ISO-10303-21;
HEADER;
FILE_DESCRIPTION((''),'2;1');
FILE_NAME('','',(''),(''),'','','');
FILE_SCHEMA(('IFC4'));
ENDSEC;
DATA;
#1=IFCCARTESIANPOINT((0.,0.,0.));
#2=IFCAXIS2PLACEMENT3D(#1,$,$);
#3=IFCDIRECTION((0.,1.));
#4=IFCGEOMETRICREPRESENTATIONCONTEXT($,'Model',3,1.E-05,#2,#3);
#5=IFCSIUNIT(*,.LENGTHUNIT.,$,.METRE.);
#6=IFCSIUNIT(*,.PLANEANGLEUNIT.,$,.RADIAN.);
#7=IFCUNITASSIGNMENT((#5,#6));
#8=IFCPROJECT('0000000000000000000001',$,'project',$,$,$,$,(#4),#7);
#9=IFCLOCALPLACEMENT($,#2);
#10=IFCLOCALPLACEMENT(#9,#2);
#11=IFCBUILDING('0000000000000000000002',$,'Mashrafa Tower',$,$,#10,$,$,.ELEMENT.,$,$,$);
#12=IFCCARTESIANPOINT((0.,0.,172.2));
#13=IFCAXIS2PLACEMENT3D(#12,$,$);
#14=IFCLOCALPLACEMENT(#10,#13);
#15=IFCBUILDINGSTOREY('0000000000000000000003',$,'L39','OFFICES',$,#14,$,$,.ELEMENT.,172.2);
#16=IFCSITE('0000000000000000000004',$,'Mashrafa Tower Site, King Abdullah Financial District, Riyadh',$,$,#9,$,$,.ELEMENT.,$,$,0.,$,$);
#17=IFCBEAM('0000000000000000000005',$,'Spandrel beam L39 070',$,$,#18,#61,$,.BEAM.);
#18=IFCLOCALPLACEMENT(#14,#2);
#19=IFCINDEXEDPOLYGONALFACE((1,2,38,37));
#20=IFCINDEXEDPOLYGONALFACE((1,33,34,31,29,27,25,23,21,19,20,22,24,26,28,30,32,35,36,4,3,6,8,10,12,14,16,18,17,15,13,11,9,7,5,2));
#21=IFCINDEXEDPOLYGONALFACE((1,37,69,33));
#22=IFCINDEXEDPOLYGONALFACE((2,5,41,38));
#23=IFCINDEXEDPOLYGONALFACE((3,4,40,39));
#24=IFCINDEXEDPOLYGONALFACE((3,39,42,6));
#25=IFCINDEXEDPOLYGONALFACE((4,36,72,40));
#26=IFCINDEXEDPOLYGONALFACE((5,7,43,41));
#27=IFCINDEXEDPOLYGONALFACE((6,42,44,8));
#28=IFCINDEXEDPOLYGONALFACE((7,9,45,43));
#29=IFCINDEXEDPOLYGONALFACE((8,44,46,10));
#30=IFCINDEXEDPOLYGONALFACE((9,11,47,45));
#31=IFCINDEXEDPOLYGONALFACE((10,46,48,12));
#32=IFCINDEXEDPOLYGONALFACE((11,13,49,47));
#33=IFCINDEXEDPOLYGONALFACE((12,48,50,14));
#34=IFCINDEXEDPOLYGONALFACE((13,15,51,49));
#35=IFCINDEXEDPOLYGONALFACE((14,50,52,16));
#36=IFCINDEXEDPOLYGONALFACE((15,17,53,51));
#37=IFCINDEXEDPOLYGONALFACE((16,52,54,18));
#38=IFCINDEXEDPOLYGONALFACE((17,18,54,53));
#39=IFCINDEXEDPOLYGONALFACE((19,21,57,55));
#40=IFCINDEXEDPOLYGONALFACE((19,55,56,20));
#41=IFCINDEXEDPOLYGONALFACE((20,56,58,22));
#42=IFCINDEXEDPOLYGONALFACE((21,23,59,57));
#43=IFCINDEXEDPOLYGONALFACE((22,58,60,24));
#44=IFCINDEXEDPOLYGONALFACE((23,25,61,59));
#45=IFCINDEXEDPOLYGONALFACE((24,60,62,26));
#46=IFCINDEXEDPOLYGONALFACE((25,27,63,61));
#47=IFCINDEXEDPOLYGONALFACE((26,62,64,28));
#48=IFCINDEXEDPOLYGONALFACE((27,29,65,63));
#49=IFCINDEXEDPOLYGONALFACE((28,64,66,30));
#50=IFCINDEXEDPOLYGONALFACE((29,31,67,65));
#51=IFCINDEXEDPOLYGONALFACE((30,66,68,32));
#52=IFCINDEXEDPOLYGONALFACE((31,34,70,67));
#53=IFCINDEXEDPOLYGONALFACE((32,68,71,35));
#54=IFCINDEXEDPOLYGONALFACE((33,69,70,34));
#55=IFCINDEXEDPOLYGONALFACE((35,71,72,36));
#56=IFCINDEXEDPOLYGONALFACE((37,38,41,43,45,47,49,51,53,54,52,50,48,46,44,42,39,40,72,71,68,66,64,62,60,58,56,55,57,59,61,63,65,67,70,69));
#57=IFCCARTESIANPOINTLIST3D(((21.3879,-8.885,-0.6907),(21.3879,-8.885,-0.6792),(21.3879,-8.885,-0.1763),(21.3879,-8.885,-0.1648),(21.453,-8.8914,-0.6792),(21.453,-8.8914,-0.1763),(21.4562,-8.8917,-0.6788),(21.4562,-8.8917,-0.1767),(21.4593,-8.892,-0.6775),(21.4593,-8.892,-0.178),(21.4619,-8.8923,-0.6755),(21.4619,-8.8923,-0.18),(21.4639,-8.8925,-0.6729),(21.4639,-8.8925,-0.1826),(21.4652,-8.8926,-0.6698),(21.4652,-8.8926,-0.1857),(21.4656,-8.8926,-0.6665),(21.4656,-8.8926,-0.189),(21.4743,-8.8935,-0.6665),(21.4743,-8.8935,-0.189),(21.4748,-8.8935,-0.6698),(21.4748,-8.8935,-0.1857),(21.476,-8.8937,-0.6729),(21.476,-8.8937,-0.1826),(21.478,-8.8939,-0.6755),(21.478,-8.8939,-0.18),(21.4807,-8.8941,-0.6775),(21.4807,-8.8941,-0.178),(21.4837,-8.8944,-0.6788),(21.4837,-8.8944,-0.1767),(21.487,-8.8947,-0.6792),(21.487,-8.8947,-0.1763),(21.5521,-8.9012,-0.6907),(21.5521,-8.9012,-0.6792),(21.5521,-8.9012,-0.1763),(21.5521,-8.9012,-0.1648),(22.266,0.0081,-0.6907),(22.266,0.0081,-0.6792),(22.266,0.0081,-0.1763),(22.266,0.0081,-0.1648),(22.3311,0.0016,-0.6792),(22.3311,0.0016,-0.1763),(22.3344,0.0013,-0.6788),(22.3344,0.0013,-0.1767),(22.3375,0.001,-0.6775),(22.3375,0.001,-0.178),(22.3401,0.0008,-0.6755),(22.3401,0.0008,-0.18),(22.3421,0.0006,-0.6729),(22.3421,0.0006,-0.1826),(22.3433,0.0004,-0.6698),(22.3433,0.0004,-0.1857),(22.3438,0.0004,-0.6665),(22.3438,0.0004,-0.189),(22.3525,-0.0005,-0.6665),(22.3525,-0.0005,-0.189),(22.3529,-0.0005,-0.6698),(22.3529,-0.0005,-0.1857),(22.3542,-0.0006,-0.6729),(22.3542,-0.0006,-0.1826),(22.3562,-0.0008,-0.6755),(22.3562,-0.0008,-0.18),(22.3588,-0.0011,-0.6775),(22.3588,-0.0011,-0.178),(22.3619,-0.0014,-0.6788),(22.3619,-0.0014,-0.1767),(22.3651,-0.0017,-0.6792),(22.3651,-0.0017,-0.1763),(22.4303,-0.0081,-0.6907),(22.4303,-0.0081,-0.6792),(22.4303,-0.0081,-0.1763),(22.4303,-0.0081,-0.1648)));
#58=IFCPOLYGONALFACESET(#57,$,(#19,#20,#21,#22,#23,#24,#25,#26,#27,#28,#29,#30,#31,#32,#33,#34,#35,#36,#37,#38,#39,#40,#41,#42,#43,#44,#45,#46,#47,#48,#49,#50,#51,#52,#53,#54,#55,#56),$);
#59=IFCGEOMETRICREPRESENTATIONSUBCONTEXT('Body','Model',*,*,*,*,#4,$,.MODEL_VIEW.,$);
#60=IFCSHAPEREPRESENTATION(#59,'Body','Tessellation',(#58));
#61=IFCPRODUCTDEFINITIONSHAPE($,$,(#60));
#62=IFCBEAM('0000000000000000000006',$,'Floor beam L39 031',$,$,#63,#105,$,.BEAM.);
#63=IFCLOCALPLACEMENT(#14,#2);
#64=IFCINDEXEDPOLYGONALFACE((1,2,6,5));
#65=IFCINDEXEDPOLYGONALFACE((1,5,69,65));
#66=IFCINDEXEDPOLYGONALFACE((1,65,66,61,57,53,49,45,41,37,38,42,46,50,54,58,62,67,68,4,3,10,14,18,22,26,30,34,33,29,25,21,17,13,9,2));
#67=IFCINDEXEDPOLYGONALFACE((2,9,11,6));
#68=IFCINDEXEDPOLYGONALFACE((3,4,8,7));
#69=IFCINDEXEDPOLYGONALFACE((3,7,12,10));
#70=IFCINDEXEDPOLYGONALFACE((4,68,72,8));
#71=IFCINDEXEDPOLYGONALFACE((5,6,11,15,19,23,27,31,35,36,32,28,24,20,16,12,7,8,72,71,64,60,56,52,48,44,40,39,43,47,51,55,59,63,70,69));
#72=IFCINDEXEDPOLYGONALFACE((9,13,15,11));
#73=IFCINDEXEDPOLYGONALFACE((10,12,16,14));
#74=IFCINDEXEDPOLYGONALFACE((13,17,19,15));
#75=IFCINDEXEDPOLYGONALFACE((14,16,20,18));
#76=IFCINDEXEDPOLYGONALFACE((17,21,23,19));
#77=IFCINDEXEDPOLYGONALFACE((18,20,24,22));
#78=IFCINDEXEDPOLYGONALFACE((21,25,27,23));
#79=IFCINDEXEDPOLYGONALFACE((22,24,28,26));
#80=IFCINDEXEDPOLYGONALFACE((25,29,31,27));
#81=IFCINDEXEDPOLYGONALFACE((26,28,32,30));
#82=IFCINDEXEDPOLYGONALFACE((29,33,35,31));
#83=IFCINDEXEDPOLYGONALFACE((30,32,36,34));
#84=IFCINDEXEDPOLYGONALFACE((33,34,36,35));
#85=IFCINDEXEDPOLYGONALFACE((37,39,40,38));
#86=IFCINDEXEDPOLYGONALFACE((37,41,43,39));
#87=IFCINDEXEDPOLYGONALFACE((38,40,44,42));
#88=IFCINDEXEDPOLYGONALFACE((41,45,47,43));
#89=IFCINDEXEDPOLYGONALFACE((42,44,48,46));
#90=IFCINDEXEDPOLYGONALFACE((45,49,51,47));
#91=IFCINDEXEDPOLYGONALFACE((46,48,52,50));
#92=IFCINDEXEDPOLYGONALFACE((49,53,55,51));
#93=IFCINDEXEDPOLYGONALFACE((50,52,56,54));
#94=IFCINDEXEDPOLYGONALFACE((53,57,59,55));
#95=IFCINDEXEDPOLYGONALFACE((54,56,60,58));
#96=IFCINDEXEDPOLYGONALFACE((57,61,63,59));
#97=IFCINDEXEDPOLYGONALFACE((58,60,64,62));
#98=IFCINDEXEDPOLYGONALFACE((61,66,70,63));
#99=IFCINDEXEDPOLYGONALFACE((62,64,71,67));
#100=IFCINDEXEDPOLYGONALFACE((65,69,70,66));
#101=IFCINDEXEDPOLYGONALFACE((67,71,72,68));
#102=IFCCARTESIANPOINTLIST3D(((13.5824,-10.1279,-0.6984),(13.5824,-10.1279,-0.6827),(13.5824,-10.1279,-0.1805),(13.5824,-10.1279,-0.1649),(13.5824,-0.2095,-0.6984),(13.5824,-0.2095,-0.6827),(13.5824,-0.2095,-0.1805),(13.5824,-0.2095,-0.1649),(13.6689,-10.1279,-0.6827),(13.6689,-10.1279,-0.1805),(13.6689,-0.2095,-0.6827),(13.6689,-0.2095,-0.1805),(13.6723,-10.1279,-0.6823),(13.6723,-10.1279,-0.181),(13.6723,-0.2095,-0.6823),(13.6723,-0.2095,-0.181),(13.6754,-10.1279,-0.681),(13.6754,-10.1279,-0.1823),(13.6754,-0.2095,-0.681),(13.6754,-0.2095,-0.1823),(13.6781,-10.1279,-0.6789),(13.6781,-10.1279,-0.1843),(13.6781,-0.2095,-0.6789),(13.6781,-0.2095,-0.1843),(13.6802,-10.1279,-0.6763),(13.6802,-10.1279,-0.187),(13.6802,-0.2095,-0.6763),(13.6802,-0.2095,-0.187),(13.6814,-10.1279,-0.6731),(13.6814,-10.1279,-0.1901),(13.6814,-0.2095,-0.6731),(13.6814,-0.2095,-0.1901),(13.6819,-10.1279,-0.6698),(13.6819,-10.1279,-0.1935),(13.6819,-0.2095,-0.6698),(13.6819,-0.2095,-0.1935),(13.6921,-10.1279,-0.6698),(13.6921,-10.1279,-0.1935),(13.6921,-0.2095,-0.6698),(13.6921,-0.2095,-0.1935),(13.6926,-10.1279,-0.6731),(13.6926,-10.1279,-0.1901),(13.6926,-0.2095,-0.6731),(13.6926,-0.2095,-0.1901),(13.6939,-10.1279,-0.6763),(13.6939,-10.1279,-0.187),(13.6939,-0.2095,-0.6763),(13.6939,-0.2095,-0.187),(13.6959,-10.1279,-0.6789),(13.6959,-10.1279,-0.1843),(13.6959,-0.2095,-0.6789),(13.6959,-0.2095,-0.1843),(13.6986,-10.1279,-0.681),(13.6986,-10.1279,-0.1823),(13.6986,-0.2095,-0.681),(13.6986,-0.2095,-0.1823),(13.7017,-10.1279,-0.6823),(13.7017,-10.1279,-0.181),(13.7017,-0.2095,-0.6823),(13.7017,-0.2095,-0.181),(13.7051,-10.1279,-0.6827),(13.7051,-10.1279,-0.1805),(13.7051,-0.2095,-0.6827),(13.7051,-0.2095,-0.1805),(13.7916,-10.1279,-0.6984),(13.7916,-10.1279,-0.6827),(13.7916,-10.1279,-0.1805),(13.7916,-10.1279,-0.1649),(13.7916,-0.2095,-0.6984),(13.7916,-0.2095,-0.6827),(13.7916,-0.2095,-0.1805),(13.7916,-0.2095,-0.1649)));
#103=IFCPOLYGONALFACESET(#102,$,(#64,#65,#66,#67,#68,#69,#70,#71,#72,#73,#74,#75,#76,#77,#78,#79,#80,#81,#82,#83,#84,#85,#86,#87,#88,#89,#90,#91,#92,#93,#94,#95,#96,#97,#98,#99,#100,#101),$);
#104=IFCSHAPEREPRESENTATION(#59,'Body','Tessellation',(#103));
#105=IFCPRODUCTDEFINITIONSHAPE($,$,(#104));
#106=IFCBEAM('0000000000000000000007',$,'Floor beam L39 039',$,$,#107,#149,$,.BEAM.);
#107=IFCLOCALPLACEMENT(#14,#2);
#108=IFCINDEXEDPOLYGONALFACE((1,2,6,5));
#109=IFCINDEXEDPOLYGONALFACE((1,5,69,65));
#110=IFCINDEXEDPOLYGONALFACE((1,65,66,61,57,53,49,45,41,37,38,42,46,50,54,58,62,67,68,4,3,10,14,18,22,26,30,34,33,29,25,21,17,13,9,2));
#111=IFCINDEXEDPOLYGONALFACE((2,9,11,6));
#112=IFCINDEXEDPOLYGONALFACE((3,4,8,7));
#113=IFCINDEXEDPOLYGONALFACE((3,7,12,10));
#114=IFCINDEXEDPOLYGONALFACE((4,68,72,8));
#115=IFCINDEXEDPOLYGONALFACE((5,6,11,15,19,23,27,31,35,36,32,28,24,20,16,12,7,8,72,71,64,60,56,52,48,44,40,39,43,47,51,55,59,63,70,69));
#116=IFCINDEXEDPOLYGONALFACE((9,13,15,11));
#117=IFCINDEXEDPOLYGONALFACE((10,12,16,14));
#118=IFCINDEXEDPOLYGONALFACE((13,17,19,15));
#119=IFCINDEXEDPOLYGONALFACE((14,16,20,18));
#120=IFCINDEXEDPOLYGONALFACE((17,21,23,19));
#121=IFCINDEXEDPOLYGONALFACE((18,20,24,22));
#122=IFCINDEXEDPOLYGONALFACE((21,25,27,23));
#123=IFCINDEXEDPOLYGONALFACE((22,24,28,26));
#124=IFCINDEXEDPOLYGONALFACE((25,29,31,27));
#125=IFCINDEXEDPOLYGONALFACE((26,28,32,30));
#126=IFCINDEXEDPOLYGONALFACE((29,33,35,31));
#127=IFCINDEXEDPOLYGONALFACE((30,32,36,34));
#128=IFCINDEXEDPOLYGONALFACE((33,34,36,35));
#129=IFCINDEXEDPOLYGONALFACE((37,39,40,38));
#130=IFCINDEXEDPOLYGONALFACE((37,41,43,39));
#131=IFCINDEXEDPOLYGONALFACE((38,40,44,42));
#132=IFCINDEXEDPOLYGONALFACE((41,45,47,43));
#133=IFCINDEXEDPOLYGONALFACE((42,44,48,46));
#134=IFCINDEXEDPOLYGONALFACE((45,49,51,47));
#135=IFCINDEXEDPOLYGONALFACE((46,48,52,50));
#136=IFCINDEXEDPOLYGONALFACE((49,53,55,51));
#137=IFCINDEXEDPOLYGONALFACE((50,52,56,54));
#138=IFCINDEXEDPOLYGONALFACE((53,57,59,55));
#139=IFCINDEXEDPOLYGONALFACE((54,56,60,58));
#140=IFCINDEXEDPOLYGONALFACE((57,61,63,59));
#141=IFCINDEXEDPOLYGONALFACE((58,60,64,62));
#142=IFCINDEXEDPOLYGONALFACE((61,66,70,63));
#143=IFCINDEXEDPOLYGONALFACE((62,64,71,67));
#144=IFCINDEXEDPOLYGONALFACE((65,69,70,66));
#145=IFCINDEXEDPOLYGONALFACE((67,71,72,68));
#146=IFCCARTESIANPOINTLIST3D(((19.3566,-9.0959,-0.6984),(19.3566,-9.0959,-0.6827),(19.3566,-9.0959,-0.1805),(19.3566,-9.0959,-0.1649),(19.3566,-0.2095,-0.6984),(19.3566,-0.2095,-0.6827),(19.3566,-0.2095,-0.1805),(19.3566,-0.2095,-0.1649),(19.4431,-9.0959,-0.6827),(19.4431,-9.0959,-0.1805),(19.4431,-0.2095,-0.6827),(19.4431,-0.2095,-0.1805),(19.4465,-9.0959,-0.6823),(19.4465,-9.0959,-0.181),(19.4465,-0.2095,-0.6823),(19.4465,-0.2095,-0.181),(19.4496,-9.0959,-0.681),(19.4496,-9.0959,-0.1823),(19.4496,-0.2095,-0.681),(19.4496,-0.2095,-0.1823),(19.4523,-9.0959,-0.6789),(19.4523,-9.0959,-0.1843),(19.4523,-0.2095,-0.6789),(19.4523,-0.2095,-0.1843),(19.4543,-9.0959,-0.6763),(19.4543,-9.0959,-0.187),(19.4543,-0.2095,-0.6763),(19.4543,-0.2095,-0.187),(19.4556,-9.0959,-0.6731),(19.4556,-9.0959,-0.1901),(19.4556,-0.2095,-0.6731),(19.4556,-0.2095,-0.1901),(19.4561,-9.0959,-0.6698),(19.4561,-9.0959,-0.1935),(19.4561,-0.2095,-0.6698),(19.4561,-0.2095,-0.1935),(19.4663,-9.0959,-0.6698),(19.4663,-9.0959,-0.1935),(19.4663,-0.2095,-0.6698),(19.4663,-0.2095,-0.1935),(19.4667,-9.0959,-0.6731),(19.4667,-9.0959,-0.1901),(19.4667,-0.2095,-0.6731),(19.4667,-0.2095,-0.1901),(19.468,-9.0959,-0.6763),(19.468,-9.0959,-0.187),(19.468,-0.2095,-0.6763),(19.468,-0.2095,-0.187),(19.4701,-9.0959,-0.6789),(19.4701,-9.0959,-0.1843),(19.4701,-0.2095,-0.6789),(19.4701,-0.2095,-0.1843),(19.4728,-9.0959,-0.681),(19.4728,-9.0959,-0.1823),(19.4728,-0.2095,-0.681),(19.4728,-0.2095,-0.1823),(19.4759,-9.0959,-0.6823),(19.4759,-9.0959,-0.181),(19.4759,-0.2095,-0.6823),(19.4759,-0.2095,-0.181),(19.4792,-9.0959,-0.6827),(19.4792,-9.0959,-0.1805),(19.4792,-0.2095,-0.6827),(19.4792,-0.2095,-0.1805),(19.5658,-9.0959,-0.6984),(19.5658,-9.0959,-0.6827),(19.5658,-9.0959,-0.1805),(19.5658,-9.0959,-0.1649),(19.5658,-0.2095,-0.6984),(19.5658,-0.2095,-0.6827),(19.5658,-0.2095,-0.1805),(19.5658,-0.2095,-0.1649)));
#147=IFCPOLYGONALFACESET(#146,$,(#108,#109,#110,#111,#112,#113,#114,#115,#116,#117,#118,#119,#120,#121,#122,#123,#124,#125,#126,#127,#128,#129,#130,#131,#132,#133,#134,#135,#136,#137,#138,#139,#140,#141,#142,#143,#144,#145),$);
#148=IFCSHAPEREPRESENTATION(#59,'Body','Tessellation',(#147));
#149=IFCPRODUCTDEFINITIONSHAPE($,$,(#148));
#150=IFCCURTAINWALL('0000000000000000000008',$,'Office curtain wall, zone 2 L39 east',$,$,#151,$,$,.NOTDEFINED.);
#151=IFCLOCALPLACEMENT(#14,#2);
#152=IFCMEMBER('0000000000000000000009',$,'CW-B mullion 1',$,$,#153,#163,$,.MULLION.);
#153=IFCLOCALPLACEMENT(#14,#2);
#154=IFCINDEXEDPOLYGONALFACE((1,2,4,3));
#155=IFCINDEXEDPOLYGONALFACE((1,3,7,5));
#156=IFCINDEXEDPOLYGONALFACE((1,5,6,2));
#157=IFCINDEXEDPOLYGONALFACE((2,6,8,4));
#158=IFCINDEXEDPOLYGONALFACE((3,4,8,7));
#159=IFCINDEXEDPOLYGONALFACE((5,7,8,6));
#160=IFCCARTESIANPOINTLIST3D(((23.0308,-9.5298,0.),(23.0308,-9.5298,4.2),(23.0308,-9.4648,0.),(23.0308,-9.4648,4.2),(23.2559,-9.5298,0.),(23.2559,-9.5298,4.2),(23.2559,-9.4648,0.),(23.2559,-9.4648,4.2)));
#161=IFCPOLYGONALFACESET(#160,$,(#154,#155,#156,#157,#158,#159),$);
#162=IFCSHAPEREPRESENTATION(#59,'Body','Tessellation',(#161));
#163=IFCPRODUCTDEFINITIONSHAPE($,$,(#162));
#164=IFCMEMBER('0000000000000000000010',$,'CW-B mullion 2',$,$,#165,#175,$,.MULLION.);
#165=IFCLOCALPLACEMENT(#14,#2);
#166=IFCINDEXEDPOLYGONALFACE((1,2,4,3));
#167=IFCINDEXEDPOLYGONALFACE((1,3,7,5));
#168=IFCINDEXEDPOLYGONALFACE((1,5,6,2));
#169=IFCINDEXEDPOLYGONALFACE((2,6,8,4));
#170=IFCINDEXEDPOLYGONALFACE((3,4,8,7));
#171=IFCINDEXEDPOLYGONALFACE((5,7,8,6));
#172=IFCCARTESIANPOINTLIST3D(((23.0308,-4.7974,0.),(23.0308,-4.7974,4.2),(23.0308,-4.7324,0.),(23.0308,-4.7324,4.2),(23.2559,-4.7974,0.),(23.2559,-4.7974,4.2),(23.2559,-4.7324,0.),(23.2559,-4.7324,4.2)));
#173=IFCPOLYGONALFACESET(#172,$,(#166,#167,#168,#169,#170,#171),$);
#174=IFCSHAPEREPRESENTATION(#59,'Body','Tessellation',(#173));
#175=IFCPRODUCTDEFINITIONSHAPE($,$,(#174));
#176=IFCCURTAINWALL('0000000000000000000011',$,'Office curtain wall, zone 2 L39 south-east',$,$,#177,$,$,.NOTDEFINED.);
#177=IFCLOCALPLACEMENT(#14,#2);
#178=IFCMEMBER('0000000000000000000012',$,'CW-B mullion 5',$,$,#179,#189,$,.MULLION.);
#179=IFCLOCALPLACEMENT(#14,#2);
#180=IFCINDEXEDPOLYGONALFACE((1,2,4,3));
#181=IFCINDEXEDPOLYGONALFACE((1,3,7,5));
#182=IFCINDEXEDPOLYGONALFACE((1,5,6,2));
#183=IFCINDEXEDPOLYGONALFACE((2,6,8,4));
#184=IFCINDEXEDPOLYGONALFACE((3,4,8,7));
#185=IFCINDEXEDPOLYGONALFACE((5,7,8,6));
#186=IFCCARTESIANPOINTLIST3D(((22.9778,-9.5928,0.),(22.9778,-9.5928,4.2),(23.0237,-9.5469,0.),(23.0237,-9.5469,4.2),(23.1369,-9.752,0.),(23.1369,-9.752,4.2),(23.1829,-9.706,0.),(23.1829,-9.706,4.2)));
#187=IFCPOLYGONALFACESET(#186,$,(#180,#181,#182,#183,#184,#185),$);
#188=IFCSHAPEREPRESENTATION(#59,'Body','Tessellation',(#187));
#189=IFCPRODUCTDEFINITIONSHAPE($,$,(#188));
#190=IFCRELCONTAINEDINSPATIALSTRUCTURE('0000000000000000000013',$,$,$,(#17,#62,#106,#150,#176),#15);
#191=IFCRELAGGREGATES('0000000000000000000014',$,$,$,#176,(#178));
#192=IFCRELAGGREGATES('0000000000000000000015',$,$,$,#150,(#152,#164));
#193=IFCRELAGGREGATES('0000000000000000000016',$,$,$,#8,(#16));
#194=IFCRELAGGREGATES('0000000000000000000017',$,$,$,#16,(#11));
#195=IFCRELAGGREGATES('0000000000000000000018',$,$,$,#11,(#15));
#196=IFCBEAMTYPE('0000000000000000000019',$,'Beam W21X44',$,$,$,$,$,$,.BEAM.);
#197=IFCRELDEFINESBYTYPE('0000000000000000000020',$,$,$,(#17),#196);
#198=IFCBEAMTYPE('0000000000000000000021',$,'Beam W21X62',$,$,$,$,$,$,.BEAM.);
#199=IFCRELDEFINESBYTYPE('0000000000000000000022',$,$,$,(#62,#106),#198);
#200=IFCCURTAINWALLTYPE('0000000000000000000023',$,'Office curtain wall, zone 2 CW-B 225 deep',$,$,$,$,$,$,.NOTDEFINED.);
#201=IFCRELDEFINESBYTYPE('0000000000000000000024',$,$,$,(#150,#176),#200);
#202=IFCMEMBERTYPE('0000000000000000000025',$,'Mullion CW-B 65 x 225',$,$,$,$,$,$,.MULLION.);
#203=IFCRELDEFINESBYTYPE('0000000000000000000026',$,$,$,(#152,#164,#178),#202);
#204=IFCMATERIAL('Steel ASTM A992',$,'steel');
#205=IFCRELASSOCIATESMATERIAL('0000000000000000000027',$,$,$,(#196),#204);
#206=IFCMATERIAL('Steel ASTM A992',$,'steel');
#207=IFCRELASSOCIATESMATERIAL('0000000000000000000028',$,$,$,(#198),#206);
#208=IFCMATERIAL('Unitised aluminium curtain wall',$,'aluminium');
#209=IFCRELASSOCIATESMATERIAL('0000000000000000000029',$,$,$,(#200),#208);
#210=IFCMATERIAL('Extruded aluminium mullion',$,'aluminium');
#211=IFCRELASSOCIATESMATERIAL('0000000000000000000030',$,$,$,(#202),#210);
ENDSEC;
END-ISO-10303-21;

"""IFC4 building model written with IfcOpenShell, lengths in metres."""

from ifc_helpers import new_model, si_unit, direction, frame, origin, origin_2d, place, context, subcontext, project, spatial, rectangle, i_section, extrude, source, transform, mapped, material, material_profile, profile_set, type_object, type_shapes, element, aggregate, save


model = new_model("IFC4")

# Units and contexts
model_context = context("Model", 3, precision=1e-05, world=origin(), true_north=direction((0.0, 1.0)))
body_context = subcontext(model_context, "Body", "Model", "MODEL_VIEW")
ifc_project = project(units=[si_unit("LENGTHUNIT", "METRE"), si_unit("PLANEANGLEUNIT", "RADIAN")], contexts=[model_context])

# Site, building, storey
site_placement = place(None, origin())
site = spatial("IfcSite", under=ifc_project, at=site_placement, Name="Mashrafa Tower Site, King Abdullah Financial District, Riyadh", CompositionType="ELEMENT", RefElevation=0.0)
building_placement = place(site_placement, origin())
building = spatial("IfcBuilding", under=site, at=building_placement, Name="Mashrafa Tower", CompositionType="ELEMENT")
storey_placement = place(building_placement, frame((0.0, 0.0, 172.2)))
storey = spatial("IfcBuildingStorey", under=building, at=storey_placement, Name="L39", Description="OFFICES", CompositionType="ELEMENT", Elevation=172.2)

# Beams
ifc_material_1 = material(Name="Steel ASTM A992", Category="steel")
ifc_material_profile_1 = material_profile(ifc_material_1, i_section(OverallWidth=0.165, OverallDepth=0.5259, WebThickness=0.0088, FlangeThickness=0.0115, FilletRadius=0.0127, at=origin_2d()), Name="W21X44")
ifc_profile_set_1 = profile_set([ifc_material_profile_1], Name="Steel ASTM A992")
beam_type_1 = type_object("IfcBeamType", Name="Beam W21X44", PredefinedType="BEAM", material=ifc_profile_set_1)
beam_1_placement = place(storey_placement, frame((21.47, -8.8931, -0.4277), z_axis=(0.09827, 0.99516, 0.0), x_axis=(-0.99516, 0.09827, 0.0)))
element("IfcBeam", 1, at=beam_1_placement, inside=storey, type_object=beam_type_1, Name="Spandrel beam L39 070", PredefinedType="BEAM", context=body_context, shape_type="SweptSolid", body=[
    extrude(i_section(OverallWidth=0.165, OverallDepth=0.5259, WebThickness=0.0088, FlangeThickness=0.0115, FilletRadius=0.0127, at=origin_2d()), origin(), (0.0, 0.0, 1.0), 8.9363),
])
ifc_material_2 = material(Name="Steel ASTM A992", Category="steel")
ifc_material_profile_2 = material_profile(ifc_material_2, i_section(OverallWidth=0.2092, OverallDepth=0.5334, WebThickness=0.0103, FlangeThickness=0.0156, FilletRadius=0.0129, at=origin_2d()), Name="W21X62")
ifc_profile_set_2 = profile_set([ifc_material_profile_2], Name="Steel ASTM A992")
beam_type_2 = type_object("IfcBeamType", Name="Beam W21X62", PredefinedType="BEAM", material=ifc_profile_set_2)
beam_2_placement = place(storey_placement, frame((13.687, -0.2095, -0.4316), z_axis=(0.0, -1.0, 0.0), x_axis=(1.0, 0.0, 0.0)))
element("IfcBeam", 2, at=beam_2_placement, inside=storey, type_object=beam_type_2, Name="Floor beam L39 031", PredefinedType="BEAM", context=body_context, shape_type="SweptSolid", body=[
    extrude(i_section(OverallWidth=0.2092, OverallDepth=0.5334, WebThickness=0.0103, FlangeThickness=0.0156, FilletRadius=0.0129, at=origin_2d()), origin(), (0.0, 0.0, 1.0), 9.9185),
])
beam_3_placement = place(storey_placement, frame((19.4612, -0.2095, -0.4316), z_axis=(0.0, -1.0, 0.0), x_axis=(1.0, 0.0, 0.0)))
element("IfcBeam", 3, at=beam_3_placement, inside=storey, type_object=beam_type_2, Name="Floor beam L39 039", PredefinedType="BEAM", context=body_context, shape_type="SweptSolid", body=[
    extrude(i_section(OverallWidth=0.2092, OverallDepth=0.5334, WebThickness=0.0103, FlangeThickness=0.0156, FilletRadius=0.0129, at=origin_2d()), origin(), (0.0, 0.0, 1.0), 8.8865),
])

# Curtain wall, members
ifc_material_3 = material(Name="Unitised aluminium curtain wall", Category="aluminium")
curtain_wall_type = type_object("IfcCurtainWallType", Name="Office curtain wall, zone 2 CW-B 225 deep", PredefinedType="NOTDEFINED", material=ifc_material_3)
curtain_wall_1_placement = place(storey_placement, origin())
curtain_wall_1 = element("IfcCurtainWall", 4, at=curtain_wall_1_placement, inside=storey, type_object=curtain_wall_type, Name="Office curtain wall, zone 2 L39 east", PredefinedType="NOTDEFINED")
ifc_material_4 = material(Name="Extruded aluminium mullion", Category="aluminium")
ifc_material_profile_3 = material_profile(ifc_material_4, rectangle(XDim=0.2251, YDim=0.0649, at=origin_2d()), Name="Mullion 65x225")
ifc_profile_set_3 = profile_set([ifc_material_profile_3], Name="Extruded aluminium mullion")
member_type_1 = type_object("IfcMemberType", Name="Mullion CW-B 65 x 225", PredefinedType="MULLION", material=ifc_profile_set_3)
shared_shape_1 = source(origin(), body_context, "Body", "SweptSolid", [
    extrude(rectangle(XDim=0.2251, YDim=0.0649, at=origin_2d()), origin(), (0.0, 0.0, 1.0), 4.2),
])
type_shapes(member_type_1, [shared_shape_1])
member_1_placement = place(storey_placement, frame((23.1433, -9.4973, 0.0), z_axis=(0.0, 0.0, 1.0), x_axis=(-1.0, 0.0, 0.0)))
member_1 = element("IfcMember", 5, at=member_1_placement, type_object=member_type_1, Name="CW-B mullion 1", PredefinedType="MULLION", context=body_context, shape_type="MappedRepresentation", body=[
    mapped(shared_shape_1, transform((0.0, 0.0, 0.0))),
])
member_2_placement = place(storey_placement, frame((23.1433, -4.7649, 0.0), z_axis=(0.0, 0.0, 1.0), x_axis=(-1.0, 0.0, 0.0)))
member_2 = element("IfcMember", 6, at=member_2_placement, type_object=member_type_1, Name="CW-B mullion 2", PredefinedType="MULLION", context=body_context, shape_type="MappedRepresentation", body=[
    mapped(shared_shape_1, transform((0.0, 0.0, 0.0))),
])

# Curtain wall, member
curtain_wall_2_placement = place(storey_placement, origin())
curtain_wall_2 = element("IfcCurtainWall", 7, at=curtain_wall_2_placement, inside=storey, type_object=curtain_wall_type, Name="Office curtain wall, zone 2 L39 south-east", PredefinedType="NOTDEFINED")
member_3_placement = place(storey_placement, frame((23.0803, -9.6494, 0.0), z_axis=(0.0, 0.0, 1.0), x_axis=(-0.707107, 0.707107, 0.0)))
member_3 = element("IfcMember", 8, at=member_3_placement, type_object=member_type_1, Name="CW-B mullion 5", PredefinedType="MULLION", context=body_context, shape_type="MappedRepresentation", body=[
    mapped(shared_shape_1, transform((0.0, 0.0, 0.0))),
])
aggregate(curtain_wall_2, [member_3])

aggregate(curtain_wall_1, [member_1, member_2])

save(model, "model.ifc")
